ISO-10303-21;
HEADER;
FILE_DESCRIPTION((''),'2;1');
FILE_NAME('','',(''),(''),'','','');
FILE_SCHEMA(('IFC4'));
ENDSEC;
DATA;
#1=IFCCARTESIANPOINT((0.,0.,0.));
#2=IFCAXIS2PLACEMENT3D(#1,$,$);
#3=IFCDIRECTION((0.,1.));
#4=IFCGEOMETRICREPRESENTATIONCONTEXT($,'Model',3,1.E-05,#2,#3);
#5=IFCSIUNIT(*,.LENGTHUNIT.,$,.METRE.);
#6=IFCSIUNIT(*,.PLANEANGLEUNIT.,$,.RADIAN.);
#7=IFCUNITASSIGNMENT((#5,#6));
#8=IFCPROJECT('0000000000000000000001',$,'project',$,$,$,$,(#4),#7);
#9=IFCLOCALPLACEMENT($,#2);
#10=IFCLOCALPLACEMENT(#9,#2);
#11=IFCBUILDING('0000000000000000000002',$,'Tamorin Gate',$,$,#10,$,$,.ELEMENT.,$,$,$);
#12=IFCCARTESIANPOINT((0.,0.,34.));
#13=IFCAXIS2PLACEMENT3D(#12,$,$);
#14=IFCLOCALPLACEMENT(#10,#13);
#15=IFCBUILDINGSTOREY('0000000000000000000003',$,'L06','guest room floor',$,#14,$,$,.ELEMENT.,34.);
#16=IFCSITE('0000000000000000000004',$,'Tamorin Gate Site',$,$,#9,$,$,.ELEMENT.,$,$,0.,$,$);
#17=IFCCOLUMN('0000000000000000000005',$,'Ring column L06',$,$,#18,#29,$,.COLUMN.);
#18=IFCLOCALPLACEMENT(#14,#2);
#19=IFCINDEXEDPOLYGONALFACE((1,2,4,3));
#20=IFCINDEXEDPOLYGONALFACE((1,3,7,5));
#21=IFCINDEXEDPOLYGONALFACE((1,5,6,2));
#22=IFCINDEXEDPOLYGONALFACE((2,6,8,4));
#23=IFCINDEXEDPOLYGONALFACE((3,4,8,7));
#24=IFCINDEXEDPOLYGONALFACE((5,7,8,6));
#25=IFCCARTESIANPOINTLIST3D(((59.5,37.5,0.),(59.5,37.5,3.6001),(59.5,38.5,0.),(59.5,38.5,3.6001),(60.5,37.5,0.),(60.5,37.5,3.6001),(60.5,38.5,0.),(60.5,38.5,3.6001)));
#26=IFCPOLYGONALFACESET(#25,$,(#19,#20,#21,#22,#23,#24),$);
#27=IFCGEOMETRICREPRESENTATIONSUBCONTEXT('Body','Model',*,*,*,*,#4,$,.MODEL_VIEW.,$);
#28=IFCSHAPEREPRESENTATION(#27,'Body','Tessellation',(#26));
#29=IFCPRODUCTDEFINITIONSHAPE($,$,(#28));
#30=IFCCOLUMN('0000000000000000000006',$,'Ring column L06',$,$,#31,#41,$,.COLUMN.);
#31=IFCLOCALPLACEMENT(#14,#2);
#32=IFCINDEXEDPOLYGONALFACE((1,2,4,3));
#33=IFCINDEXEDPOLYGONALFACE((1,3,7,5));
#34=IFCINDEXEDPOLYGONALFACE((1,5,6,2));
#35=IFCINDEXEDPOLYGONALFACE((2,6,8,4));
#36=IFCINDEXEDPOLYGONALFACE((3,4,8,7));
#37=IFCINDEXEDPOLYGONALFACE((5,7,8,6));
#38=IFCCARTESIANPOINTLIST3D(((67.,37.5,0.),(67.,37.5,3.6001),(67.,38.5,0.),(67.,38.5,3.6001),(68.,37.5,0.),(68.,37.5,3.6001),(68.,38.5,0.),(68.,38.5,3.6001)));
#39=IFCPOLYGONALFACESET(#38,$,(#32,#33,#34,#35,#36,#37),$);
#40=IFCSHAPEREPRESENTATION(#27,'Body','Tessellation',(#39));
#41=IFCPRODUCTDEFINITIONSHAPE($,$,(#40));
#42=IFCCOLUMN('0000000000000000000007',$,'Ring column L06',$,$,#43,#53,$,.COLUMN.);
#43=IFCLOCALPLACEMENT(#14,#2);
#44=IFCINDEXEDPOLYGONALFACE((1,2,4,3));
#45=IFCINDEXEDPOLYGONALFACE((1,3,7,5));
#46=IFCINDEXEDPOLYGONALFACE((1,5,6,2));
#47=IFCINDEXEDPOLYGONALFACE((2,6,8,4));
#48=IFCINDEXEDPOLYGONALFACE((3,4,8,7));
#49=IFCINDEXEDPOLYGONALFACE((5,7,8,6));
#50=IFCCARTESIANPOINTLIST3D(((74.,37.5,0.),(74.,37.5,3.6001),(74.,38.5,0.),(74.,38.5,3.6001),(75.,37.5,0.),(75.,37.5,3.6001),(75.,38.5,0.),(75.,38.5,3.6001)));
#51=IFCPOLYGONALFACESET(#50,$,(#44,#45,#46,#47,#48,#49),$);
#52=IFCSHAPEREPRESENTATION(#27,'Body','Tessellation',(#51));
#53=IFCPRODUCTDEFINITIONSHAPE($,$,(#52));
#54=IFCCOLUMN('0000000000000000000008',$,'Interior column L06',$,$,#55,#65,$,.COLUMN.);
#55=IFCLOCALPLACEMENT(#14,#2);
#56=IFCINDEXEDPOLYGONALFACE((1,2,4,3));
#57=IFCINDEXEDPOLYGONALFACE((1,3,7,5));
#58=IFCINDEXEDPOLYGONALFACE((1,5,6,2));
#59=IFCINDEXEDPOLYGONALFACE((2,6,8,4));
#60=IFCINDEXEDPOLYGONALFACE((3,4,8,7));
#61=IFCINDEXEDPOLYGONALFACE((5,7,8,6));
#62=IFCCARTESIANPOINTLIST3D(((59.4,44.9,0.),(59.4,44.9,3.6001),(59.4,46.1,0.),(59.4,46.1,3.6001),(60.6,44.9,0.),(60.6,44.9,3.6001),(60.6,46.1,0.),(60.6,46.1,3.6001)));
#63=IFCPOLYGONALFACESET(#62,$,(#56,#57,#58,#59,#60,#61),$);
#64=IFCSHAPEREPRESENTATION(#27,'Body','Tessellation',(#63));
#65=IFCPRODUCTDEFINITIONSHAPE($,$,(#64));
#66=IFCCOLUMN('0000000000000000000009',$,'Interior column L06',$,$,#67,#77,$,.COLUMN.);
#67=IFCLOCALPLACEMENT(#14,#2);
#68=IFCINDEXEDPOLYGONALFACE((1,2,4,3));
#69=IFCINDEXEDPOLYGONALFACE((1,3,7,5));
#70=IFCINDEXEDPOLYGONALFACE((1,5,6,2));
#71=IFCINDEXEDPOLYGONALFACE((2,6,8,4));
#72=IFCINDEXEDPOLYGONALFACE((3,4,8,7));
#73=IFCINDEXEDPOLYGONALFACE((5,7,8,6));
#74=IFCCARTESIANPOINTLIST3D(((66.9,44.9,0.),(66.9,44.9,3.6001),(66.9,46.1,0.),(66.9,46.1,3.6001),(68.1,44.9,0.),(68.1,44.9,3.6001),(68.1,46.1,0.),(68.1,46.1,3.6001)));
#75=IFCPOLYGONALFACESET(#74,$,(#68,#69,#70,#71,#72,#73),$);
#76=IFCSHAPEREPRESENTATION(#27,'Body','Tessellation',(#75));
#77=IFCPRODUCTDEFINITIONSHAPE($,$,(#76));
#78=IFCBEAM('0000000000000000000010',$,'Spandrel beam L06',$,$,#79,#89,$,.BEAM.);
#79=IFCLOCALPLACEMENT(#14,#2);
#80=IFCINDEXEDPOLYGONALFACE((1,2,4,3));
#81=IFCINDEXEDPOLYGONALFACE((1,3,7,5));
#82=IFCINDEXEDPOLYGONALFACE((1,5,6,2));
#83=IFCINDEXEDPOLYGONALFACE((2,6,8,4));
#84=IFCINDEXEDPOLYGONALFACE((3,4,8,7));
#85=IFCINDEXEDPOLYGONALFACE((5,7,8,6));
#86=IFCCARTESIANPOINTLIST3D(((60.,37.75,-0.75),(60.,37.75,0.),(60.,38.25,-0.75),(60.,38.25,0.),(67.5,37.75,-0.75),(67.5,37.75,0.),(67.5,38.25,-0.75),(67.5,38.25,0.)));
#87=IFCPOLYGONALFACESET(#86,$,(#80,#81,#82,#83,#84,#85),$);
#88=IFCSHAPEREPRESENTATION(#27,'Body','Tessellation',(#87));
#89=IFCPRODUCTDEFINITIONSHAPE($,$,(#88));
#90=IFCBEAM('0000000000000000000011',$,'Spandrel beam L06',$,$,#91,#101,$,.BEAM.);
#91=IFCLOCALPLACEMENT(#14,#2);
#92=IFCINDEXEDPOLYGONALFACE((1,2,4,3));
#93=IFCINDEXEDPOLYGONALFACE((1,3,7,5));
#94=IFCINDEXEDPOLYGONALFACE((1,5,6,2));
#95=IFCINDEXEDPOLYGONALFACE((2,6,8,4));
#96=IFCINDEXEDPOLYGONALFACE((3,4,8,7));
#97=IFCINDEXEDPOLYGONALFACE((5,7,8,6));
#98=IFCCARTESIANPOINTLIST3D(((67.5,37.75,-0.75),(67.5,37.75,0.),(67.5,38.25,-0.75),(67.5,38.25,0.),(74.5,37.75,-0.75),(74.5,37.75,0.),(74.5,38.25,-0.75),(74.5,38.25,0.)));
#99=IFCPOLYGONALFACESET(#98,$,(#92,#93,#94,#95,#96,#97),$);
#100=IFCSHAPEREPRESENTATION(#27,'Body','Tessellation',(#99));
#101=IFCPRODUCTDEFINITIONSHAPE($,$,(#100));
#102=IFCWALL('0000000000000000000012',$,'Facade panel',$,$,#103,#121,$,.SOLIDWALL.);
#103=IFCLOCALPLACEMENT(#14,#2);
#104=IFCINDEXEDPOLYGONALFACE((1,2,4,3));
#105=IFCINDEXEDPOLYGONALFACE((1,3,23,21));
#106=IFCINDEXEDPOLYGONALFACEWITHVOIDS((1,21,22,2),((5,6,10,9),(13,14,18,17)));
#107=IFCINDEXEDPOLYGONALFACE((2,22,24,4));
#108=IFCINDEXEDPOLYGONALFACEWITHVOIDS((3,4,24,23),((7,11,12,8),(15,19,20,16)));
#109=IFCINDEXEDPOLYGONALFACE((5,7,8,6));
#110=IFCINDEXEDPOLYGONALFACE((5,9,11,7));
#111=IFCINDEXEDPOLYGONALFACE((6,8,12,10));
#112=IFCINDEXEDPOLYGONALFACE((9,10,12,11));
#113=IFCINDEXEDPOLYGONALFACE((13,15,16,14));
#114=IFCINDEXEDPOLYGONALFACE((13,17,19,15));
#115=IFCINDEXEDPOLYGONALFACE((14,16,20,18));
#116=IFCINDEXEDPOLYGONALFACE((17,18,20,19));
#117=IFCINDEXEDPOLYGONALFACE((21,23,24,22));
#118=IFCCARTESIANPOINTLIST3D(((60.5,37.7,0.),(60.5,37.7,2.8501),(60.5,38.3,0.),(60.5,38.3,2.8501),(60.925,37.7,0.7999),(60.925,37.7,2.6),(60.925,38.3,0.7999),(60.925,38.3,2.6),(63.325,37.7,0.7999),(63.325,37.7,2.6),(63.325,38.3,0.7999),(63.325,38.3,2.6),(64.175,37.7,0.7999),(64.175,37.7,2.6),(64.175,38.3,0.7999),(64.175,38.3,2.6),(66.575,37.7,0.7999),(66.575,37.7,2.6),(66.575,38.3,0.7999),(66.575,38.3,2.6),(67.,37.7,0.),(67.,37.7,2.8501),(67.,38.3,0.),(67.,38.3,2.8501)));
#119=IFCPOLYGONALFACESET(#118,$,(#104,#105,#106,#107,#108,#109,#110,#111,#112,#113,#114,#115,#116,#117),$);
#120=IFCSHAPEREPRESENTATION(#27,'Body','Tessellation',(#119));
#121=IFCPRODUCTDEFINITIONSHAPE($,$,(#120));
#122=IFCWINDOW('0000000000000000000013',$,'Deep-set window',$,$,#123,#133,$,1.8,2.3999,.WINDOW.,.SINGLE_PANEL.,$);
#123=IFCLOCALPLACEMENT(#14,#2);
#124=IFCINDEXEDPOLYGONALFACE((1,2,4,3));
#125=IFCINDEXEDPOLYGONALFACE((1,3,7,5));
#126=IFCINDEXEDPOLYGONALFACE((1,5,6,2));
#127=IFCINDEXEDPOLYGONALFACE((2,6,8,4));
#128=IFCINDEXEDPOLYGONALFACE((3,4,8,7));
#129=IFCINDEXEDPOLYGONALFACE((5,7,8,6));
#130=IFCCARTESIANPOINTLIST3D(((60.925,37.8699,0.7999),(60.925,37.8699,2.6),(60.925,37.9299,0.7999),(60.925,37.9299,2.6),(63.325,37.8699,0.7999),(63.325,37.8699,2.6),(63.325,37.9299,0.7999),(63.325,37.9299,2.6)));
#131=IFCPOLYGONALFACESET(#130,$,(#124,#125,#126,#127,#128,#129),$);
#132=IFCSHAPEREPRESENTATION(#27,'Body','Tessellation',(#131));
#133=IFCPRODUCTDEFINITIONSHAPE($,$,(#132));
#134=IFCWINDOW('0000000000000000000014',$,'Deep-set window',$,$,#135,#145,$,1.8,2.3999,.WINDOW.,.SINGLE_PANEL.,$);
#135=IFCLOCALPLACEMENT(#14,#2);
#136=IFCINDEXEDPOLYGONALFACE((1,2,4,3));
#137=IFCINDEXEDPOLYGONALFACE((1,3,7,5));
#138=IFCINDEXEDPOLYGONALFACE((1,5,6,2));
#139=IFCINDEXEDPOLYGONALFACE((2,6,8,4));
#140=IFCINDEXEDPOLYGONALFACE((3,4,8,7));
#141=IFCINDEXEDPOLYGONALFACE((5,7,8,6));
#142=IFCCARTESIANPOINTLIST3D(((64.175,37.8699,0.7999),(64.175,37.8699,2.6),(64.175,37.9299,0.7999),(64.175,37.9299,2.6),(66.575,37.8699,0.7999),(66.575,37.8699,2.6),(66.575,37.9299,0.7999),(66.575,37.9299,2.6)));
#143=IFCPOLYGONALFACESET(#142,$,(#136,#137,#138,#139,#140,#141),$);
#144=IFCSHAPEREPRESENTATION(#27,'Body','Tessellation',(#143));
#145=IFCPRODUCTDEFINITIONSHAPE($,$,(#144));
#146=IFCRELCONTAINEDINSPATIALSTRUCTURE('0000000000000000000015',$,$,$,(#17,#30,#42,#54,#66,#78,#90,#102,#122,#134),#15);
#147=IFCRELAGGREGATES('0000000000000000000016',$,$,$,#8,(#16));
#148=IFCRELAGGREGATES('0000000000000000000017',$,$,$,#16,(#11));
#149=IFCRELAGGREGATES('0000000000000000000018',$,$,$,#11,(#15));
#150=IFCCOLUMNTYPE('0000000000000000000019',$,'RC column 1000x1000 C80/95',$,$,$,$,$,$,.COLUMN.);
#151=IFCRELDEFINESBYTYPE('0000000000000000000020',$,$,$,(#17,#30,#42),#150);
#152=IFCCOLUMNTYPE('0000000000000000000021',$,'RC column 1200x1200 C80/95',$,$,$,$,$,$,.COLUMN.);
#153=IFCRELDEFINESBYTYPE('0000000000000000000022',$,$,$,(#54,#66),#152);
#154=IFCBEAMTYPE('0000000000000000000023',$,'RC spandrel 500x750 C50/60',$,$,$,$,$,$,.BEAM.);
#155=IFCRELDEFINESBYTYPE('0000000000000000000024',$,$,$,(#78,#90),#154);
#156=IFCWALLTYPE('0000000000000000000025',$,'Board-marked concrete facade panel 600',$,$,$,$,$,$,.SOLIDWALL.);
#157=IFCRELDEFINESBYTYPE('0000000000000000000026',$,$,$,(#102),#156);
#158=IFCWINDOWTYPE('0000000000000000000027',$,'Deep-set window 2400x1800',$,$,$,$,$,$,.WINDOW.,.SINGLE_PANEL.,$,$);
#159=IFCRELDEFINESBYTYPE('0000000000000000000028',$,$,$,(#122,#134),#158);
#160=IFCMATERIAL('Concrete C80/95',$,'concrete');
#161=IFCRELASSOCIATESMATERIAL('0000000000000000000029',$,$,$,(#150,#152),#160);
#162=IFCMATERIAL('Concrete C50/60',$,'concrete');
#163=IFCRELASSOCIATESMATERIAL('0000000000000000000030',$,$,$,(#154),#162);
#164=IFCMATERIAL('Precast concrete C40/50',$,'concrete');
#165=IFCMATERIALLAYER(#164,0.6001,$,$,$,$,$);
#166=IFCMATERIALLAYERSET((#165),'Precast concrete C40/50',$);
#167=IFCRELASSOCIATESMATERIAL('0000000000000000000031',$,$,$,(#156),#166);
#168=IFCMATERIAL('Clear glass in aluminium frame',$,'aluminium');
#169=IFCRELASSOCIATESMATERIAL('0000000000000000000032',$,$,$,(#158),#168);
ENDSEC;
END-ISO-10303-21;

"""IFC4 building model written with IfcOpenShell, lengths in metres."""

from ifc_helpers import new_model, si_unit, direction, frame, frame_2d, origin, origin_2d, place, context, subcontext, project, spatial, rectangle, extrude, material, layer, layer_set, material_profile, profile_set, type_object, element, fill, save


model = new_model("IFC4")

# Units and contexts
model_context = context("Model", 3, precision=1e-05, world=origin(), true_north=direction((0.0, 1.0)))
body_context = subcontext(model_context, "Body", "Model", "MODEL_VIEW")
ifc_project = project(units=[si_unit("LENGTHUNIT", "METRE"), si_unit("PLANEANGLEUNIT", "RADIAN")], contexts=[model_context])

# Site, building, storey
site_placement = place(None, origin())
site = spatial("IfcSite", under=ifc_project, at=site_placement, Name="Tamorin Gate Site", CompositionType="ELEMENT", RefElevation=0.0)
building_placement = place(site_placement, origin())
building = spatial("IfcBuilding", under=site, at=building_placement, Name="Tamorin Gate", CompositionType="ELEMENT")
storey_placement = place(building_placement, frame((0.0, 0.0, 34.0)))
storey = spatial("IfcBuildingStorey", under=building, at=storey_placement, Name="L06", Description="guest room floor", CompositionType="ELEMENT", Elevation=34.0)

# Columns
ifc_material_1 = material(Name="Concrete C80/95", Category="concrete")
ifc_material_profile_1 = material_profile(ifc_material_1, rectangle(XDim=1.0, YDim=1.0, at=origin_2d()), Name="RC 1000x1000")
ifc_profile_set_1 = profile_set([ifc_material_profile_1], Name="Concrete C80/95")
column_type_1 = type_object("IfcColumnType", Name="RC column 1000x1000 C80/95", PredefinedType="COLUMN", material=ifc_profile_set_1)
for number, where, z_axis, x_axis, name in (
    (1, (60.0, 38.0, 0.0), (0.0, 0.0, 1.0), (1.0, 0.0, 0.0), "Ring column L06"),
    (2, (67.5, 38.0, 0.0), (0.0, 0.0, 1.0), (1.0, 0.0, 0.0), "Ring column L06"),
    (3, (74.5, 38.0, 0.0), (0.0, 0.0, 1.0), (1.0, 0.0, 0.0), "Ring column L06"),
):
    element("IfcColumn", number, at=place(storey_placement, frame(where, z_axis=z_axis, x_axis=x_axis)), inside=storey, type_object=column_type_1, Name=name, PredefinedType="COLUMN", context=body_context, shape_type="SweptSolid", body=[
        extrude(rectangle(XDim=1.0, YDim=1.0, at=origin_2d()), origin(), (0.0, 0.0, 1.0), 3.6001),
    ])
ifc_material_profile_2 = material_profile(ifc_material_1, rectangle(XDim=1.2, YDim=1.2, at=origin_2d()), Name="RC 1200x1200")
ifc_profile_set_2 = profile_set([ifc_material_profile_2], Name="Concrete C80/95")
column_type_2 = type_object("IfcColumnType", Name="RC column 1200x1200 C80/95", PredefinedType="COLUMN", material=ifc_profile_set_2)
for number, where, z_axis, x_axis, name in (
    (4, (60.0, 45.5, 0.0), (0.0, 0.0, 1.0), (1.0, 0.0, 0.0), "Interior column L06"),
    (5, (67.5, 45.5, 0.0), (0.0, 0.0, 1.0), (1.0, 0.0, 0.0), "Interior column L06"),
):
    element("IfcColumn", number, at=place(storey_placement, frame(where, z_axis=z_axis, x_axis=x_axis)), inside=storey, type_object=column_type_2, Name=name, PredefinedType="COLUMN", context=body_context, shape_type="SweptSolid", body=[
        extrude(rectangle(XDim=1.2, YDim=1.2, at=origin_2d()), origin(), (0.0, 0.0, 1.0), 3.6001),
    ])

# Beams
ifc_material_2 = material(Name="Concrete C50/60", Category="concrete")
ifc_material_profile_3 = material_profile(ifc_material_2, rectangle(XDim=0.5, YDim=0.75, at=origin_2d()), Name="RC 500x750")
ifc_profile_set_3 = profile_set([ifc_material_profile_3], Name="Concrete C50/60")
beam_type = type_object("IfcBeamType", Name="RC spandrel 500x750 C50/60", PredefinedType="BEAM", material=ifc_profile_set_3)
beam_1_placement = place(storey_placement, frame((60.0, 38.0, -0.375), z_axis=(1.0, 0.0, 0.0), x_axis=(0.0, 1.0, 0.0)))
element("IfcBeam", 6, at=beam_1_placement, inside=storey, type_object=beam_type, Name="Spandrel beam L06", PredefinedType="BEAM", context=body_context, shape_type="SweptSolid", body=[
    extrude(rectangle(XDim=0.5, YDim=0.75, at=origin_2d()), origin(), (0.0, 0.0, 1.0), 7.5),
])
beam_2_placement = place(storey_placement, frame((67.5, 38.0, -0.375), z_axis=(1.0, 0.0, 0.0), x_axis=(0.0, 1.0, 0.0)))
element("IfcBeam", 7, at=beam_2_placement, inside=storey, type_object=beam_type, Name="Spandrel beam L06", PredefinedType="BEAM", context=body_context, shape_type="SweptSolid", body=[
    extrude(rectangle(XDim=0.5, YDim=0.75, at=origin_2d()), origin(), (0.0, 0.0, 1.0), 7.0),
])

# Wall, openings, windows
ifc_material_3 = material(Name="Precast concrete C40/50", Category="concrete")
ifc_layer_1 = layer(ifc_material_3, 0.6001)
ifc_layer_set_1 = layer_set([ifc_layer_1], Name="Precast concrete C40/50")
wall_type_1 = type_object("IfcWallType", Name="Board-marked concrete facade panel 600", PredefinedType="SOLIDWALL", material=ifc_layer_set_1)
wall_1_placement = place(storey_placement, frame((60.5, 38.0, 0.0), z_axis=(0.0, 0.0, 1.0), x_axis=(1.0, 0.0, 0.0)))
wall_1 = element("IfcWall", 8, at=wall_1_placement, inside=storey, type_object=wall_type_1, Name="Facade panel", PredefinedType="SOLIDWALL", context=body_context, shape_type="SweptSolid", body=[
    extrude(rectangle(XDim=6.5, YDim=0.6001, at=frame_2d((3.25, 0.0))), origin(), (0.0, 0.0, 1.0), 2.8501),
])
opening_1_placement = place(wall_1_placement, frame((0.425, 0.0, 0.8)))
opening_1 = element("IfcOpeningElement", 9, at=opening_1_placement, cuts=wall_1, PredefinedType="OPENING", context=body_context, shape_type="SweptSolid", body=[
    extrude(rectangle(XDim=2.3999, YDim=1.8, at=frame_2d((1.2, 0.8999))), frame((0.0, 0.3101, 0.0), z_axis=(0.0, -1.0, 0.0), x_axis=(1.0, 0.0, 0.0)), (0.0, 0.0, 1.0), 0.6201),
])
opening_2_placement = place(wall_1_placement, frame((3.675, 0.0, 0.8)))
opening_2 = element("IfcOpeningElement", 10, at=opening_2_placement, cuts=wall_1, PredefinedType="OPENING", context=body_context, shape_type="SweptSolid", body=[
    extrude(rectangle(XDim=2.3999, YDim=1.8, at=frame_2d((1.2, 0.8999))), frame((0.0, 0.3101, 0.0), z_axis=(0.0, -1.0, 0.0), x_axis=(1.0, 0.0, 0.0)), (0.0, 0.0, 1.0), 0.6201),
])
ifc_material_4 = material(Name="Clear glass in aluminium frame", Category="aluminium")
window_type = type_object("IfcWindowType", Name="Deep-set window 2400x1800", PartitioningType="SINGLE_PANEL", PredefinedType="WINDOW", material=ifc_material_4)
window_1_placement = place(opening_1_placement, origin())
window_1 = element("IfcWindow", 11, at=window_1_placement, inside=storey, type_object=window_type, Name="Deep-set window", OverallHeight=1.8, OverallWidth=2.3999, PartitioningType="SINGLE_PANEL", PredefinedType="WINDOW", context=body_context, shape_type="SweptSolid", body=[
    extrude(rectangle(XDim=2.3999, YDim=1.8, at=frame_2d((1.2, 0.8999))), frame((0.0, -0.0701, 0.0), z_axis=(0.0, -1.0, 0.0), x_axis=(1.0, 0.0, 0.0)), (0.0, 0.0, 1.0), 0.0601),
])
fill(opening_1, window_1)
window_2_placement = place(opening_2_placement, origin())
window_2 = element("IfcWindow", 12, at=window_2_placement, inside=storey, type_object=window_type, Name="Deep-set window", OverallHeight=1.8, OverallWidth=2.3999, PartitioningType="SINGLE_PANEL", PredefinedType="WINDOW", context=body_context, shape_type="SweptSolid", body=[
    extrude(rectangle(XDim=2.3999, YDim=1.8, at=frame_2d((1.2, 0.8999))), frame((0.0, -0.0701, 0.0), z_axis=(0.0, -1.0, 0.0), x_axis=(1.0, 0.0, 0.0)), (0.0, 0.0, 1.0), 0.0601),
])
fill(opening_2, window_2)

save(model, "model.ifc")
